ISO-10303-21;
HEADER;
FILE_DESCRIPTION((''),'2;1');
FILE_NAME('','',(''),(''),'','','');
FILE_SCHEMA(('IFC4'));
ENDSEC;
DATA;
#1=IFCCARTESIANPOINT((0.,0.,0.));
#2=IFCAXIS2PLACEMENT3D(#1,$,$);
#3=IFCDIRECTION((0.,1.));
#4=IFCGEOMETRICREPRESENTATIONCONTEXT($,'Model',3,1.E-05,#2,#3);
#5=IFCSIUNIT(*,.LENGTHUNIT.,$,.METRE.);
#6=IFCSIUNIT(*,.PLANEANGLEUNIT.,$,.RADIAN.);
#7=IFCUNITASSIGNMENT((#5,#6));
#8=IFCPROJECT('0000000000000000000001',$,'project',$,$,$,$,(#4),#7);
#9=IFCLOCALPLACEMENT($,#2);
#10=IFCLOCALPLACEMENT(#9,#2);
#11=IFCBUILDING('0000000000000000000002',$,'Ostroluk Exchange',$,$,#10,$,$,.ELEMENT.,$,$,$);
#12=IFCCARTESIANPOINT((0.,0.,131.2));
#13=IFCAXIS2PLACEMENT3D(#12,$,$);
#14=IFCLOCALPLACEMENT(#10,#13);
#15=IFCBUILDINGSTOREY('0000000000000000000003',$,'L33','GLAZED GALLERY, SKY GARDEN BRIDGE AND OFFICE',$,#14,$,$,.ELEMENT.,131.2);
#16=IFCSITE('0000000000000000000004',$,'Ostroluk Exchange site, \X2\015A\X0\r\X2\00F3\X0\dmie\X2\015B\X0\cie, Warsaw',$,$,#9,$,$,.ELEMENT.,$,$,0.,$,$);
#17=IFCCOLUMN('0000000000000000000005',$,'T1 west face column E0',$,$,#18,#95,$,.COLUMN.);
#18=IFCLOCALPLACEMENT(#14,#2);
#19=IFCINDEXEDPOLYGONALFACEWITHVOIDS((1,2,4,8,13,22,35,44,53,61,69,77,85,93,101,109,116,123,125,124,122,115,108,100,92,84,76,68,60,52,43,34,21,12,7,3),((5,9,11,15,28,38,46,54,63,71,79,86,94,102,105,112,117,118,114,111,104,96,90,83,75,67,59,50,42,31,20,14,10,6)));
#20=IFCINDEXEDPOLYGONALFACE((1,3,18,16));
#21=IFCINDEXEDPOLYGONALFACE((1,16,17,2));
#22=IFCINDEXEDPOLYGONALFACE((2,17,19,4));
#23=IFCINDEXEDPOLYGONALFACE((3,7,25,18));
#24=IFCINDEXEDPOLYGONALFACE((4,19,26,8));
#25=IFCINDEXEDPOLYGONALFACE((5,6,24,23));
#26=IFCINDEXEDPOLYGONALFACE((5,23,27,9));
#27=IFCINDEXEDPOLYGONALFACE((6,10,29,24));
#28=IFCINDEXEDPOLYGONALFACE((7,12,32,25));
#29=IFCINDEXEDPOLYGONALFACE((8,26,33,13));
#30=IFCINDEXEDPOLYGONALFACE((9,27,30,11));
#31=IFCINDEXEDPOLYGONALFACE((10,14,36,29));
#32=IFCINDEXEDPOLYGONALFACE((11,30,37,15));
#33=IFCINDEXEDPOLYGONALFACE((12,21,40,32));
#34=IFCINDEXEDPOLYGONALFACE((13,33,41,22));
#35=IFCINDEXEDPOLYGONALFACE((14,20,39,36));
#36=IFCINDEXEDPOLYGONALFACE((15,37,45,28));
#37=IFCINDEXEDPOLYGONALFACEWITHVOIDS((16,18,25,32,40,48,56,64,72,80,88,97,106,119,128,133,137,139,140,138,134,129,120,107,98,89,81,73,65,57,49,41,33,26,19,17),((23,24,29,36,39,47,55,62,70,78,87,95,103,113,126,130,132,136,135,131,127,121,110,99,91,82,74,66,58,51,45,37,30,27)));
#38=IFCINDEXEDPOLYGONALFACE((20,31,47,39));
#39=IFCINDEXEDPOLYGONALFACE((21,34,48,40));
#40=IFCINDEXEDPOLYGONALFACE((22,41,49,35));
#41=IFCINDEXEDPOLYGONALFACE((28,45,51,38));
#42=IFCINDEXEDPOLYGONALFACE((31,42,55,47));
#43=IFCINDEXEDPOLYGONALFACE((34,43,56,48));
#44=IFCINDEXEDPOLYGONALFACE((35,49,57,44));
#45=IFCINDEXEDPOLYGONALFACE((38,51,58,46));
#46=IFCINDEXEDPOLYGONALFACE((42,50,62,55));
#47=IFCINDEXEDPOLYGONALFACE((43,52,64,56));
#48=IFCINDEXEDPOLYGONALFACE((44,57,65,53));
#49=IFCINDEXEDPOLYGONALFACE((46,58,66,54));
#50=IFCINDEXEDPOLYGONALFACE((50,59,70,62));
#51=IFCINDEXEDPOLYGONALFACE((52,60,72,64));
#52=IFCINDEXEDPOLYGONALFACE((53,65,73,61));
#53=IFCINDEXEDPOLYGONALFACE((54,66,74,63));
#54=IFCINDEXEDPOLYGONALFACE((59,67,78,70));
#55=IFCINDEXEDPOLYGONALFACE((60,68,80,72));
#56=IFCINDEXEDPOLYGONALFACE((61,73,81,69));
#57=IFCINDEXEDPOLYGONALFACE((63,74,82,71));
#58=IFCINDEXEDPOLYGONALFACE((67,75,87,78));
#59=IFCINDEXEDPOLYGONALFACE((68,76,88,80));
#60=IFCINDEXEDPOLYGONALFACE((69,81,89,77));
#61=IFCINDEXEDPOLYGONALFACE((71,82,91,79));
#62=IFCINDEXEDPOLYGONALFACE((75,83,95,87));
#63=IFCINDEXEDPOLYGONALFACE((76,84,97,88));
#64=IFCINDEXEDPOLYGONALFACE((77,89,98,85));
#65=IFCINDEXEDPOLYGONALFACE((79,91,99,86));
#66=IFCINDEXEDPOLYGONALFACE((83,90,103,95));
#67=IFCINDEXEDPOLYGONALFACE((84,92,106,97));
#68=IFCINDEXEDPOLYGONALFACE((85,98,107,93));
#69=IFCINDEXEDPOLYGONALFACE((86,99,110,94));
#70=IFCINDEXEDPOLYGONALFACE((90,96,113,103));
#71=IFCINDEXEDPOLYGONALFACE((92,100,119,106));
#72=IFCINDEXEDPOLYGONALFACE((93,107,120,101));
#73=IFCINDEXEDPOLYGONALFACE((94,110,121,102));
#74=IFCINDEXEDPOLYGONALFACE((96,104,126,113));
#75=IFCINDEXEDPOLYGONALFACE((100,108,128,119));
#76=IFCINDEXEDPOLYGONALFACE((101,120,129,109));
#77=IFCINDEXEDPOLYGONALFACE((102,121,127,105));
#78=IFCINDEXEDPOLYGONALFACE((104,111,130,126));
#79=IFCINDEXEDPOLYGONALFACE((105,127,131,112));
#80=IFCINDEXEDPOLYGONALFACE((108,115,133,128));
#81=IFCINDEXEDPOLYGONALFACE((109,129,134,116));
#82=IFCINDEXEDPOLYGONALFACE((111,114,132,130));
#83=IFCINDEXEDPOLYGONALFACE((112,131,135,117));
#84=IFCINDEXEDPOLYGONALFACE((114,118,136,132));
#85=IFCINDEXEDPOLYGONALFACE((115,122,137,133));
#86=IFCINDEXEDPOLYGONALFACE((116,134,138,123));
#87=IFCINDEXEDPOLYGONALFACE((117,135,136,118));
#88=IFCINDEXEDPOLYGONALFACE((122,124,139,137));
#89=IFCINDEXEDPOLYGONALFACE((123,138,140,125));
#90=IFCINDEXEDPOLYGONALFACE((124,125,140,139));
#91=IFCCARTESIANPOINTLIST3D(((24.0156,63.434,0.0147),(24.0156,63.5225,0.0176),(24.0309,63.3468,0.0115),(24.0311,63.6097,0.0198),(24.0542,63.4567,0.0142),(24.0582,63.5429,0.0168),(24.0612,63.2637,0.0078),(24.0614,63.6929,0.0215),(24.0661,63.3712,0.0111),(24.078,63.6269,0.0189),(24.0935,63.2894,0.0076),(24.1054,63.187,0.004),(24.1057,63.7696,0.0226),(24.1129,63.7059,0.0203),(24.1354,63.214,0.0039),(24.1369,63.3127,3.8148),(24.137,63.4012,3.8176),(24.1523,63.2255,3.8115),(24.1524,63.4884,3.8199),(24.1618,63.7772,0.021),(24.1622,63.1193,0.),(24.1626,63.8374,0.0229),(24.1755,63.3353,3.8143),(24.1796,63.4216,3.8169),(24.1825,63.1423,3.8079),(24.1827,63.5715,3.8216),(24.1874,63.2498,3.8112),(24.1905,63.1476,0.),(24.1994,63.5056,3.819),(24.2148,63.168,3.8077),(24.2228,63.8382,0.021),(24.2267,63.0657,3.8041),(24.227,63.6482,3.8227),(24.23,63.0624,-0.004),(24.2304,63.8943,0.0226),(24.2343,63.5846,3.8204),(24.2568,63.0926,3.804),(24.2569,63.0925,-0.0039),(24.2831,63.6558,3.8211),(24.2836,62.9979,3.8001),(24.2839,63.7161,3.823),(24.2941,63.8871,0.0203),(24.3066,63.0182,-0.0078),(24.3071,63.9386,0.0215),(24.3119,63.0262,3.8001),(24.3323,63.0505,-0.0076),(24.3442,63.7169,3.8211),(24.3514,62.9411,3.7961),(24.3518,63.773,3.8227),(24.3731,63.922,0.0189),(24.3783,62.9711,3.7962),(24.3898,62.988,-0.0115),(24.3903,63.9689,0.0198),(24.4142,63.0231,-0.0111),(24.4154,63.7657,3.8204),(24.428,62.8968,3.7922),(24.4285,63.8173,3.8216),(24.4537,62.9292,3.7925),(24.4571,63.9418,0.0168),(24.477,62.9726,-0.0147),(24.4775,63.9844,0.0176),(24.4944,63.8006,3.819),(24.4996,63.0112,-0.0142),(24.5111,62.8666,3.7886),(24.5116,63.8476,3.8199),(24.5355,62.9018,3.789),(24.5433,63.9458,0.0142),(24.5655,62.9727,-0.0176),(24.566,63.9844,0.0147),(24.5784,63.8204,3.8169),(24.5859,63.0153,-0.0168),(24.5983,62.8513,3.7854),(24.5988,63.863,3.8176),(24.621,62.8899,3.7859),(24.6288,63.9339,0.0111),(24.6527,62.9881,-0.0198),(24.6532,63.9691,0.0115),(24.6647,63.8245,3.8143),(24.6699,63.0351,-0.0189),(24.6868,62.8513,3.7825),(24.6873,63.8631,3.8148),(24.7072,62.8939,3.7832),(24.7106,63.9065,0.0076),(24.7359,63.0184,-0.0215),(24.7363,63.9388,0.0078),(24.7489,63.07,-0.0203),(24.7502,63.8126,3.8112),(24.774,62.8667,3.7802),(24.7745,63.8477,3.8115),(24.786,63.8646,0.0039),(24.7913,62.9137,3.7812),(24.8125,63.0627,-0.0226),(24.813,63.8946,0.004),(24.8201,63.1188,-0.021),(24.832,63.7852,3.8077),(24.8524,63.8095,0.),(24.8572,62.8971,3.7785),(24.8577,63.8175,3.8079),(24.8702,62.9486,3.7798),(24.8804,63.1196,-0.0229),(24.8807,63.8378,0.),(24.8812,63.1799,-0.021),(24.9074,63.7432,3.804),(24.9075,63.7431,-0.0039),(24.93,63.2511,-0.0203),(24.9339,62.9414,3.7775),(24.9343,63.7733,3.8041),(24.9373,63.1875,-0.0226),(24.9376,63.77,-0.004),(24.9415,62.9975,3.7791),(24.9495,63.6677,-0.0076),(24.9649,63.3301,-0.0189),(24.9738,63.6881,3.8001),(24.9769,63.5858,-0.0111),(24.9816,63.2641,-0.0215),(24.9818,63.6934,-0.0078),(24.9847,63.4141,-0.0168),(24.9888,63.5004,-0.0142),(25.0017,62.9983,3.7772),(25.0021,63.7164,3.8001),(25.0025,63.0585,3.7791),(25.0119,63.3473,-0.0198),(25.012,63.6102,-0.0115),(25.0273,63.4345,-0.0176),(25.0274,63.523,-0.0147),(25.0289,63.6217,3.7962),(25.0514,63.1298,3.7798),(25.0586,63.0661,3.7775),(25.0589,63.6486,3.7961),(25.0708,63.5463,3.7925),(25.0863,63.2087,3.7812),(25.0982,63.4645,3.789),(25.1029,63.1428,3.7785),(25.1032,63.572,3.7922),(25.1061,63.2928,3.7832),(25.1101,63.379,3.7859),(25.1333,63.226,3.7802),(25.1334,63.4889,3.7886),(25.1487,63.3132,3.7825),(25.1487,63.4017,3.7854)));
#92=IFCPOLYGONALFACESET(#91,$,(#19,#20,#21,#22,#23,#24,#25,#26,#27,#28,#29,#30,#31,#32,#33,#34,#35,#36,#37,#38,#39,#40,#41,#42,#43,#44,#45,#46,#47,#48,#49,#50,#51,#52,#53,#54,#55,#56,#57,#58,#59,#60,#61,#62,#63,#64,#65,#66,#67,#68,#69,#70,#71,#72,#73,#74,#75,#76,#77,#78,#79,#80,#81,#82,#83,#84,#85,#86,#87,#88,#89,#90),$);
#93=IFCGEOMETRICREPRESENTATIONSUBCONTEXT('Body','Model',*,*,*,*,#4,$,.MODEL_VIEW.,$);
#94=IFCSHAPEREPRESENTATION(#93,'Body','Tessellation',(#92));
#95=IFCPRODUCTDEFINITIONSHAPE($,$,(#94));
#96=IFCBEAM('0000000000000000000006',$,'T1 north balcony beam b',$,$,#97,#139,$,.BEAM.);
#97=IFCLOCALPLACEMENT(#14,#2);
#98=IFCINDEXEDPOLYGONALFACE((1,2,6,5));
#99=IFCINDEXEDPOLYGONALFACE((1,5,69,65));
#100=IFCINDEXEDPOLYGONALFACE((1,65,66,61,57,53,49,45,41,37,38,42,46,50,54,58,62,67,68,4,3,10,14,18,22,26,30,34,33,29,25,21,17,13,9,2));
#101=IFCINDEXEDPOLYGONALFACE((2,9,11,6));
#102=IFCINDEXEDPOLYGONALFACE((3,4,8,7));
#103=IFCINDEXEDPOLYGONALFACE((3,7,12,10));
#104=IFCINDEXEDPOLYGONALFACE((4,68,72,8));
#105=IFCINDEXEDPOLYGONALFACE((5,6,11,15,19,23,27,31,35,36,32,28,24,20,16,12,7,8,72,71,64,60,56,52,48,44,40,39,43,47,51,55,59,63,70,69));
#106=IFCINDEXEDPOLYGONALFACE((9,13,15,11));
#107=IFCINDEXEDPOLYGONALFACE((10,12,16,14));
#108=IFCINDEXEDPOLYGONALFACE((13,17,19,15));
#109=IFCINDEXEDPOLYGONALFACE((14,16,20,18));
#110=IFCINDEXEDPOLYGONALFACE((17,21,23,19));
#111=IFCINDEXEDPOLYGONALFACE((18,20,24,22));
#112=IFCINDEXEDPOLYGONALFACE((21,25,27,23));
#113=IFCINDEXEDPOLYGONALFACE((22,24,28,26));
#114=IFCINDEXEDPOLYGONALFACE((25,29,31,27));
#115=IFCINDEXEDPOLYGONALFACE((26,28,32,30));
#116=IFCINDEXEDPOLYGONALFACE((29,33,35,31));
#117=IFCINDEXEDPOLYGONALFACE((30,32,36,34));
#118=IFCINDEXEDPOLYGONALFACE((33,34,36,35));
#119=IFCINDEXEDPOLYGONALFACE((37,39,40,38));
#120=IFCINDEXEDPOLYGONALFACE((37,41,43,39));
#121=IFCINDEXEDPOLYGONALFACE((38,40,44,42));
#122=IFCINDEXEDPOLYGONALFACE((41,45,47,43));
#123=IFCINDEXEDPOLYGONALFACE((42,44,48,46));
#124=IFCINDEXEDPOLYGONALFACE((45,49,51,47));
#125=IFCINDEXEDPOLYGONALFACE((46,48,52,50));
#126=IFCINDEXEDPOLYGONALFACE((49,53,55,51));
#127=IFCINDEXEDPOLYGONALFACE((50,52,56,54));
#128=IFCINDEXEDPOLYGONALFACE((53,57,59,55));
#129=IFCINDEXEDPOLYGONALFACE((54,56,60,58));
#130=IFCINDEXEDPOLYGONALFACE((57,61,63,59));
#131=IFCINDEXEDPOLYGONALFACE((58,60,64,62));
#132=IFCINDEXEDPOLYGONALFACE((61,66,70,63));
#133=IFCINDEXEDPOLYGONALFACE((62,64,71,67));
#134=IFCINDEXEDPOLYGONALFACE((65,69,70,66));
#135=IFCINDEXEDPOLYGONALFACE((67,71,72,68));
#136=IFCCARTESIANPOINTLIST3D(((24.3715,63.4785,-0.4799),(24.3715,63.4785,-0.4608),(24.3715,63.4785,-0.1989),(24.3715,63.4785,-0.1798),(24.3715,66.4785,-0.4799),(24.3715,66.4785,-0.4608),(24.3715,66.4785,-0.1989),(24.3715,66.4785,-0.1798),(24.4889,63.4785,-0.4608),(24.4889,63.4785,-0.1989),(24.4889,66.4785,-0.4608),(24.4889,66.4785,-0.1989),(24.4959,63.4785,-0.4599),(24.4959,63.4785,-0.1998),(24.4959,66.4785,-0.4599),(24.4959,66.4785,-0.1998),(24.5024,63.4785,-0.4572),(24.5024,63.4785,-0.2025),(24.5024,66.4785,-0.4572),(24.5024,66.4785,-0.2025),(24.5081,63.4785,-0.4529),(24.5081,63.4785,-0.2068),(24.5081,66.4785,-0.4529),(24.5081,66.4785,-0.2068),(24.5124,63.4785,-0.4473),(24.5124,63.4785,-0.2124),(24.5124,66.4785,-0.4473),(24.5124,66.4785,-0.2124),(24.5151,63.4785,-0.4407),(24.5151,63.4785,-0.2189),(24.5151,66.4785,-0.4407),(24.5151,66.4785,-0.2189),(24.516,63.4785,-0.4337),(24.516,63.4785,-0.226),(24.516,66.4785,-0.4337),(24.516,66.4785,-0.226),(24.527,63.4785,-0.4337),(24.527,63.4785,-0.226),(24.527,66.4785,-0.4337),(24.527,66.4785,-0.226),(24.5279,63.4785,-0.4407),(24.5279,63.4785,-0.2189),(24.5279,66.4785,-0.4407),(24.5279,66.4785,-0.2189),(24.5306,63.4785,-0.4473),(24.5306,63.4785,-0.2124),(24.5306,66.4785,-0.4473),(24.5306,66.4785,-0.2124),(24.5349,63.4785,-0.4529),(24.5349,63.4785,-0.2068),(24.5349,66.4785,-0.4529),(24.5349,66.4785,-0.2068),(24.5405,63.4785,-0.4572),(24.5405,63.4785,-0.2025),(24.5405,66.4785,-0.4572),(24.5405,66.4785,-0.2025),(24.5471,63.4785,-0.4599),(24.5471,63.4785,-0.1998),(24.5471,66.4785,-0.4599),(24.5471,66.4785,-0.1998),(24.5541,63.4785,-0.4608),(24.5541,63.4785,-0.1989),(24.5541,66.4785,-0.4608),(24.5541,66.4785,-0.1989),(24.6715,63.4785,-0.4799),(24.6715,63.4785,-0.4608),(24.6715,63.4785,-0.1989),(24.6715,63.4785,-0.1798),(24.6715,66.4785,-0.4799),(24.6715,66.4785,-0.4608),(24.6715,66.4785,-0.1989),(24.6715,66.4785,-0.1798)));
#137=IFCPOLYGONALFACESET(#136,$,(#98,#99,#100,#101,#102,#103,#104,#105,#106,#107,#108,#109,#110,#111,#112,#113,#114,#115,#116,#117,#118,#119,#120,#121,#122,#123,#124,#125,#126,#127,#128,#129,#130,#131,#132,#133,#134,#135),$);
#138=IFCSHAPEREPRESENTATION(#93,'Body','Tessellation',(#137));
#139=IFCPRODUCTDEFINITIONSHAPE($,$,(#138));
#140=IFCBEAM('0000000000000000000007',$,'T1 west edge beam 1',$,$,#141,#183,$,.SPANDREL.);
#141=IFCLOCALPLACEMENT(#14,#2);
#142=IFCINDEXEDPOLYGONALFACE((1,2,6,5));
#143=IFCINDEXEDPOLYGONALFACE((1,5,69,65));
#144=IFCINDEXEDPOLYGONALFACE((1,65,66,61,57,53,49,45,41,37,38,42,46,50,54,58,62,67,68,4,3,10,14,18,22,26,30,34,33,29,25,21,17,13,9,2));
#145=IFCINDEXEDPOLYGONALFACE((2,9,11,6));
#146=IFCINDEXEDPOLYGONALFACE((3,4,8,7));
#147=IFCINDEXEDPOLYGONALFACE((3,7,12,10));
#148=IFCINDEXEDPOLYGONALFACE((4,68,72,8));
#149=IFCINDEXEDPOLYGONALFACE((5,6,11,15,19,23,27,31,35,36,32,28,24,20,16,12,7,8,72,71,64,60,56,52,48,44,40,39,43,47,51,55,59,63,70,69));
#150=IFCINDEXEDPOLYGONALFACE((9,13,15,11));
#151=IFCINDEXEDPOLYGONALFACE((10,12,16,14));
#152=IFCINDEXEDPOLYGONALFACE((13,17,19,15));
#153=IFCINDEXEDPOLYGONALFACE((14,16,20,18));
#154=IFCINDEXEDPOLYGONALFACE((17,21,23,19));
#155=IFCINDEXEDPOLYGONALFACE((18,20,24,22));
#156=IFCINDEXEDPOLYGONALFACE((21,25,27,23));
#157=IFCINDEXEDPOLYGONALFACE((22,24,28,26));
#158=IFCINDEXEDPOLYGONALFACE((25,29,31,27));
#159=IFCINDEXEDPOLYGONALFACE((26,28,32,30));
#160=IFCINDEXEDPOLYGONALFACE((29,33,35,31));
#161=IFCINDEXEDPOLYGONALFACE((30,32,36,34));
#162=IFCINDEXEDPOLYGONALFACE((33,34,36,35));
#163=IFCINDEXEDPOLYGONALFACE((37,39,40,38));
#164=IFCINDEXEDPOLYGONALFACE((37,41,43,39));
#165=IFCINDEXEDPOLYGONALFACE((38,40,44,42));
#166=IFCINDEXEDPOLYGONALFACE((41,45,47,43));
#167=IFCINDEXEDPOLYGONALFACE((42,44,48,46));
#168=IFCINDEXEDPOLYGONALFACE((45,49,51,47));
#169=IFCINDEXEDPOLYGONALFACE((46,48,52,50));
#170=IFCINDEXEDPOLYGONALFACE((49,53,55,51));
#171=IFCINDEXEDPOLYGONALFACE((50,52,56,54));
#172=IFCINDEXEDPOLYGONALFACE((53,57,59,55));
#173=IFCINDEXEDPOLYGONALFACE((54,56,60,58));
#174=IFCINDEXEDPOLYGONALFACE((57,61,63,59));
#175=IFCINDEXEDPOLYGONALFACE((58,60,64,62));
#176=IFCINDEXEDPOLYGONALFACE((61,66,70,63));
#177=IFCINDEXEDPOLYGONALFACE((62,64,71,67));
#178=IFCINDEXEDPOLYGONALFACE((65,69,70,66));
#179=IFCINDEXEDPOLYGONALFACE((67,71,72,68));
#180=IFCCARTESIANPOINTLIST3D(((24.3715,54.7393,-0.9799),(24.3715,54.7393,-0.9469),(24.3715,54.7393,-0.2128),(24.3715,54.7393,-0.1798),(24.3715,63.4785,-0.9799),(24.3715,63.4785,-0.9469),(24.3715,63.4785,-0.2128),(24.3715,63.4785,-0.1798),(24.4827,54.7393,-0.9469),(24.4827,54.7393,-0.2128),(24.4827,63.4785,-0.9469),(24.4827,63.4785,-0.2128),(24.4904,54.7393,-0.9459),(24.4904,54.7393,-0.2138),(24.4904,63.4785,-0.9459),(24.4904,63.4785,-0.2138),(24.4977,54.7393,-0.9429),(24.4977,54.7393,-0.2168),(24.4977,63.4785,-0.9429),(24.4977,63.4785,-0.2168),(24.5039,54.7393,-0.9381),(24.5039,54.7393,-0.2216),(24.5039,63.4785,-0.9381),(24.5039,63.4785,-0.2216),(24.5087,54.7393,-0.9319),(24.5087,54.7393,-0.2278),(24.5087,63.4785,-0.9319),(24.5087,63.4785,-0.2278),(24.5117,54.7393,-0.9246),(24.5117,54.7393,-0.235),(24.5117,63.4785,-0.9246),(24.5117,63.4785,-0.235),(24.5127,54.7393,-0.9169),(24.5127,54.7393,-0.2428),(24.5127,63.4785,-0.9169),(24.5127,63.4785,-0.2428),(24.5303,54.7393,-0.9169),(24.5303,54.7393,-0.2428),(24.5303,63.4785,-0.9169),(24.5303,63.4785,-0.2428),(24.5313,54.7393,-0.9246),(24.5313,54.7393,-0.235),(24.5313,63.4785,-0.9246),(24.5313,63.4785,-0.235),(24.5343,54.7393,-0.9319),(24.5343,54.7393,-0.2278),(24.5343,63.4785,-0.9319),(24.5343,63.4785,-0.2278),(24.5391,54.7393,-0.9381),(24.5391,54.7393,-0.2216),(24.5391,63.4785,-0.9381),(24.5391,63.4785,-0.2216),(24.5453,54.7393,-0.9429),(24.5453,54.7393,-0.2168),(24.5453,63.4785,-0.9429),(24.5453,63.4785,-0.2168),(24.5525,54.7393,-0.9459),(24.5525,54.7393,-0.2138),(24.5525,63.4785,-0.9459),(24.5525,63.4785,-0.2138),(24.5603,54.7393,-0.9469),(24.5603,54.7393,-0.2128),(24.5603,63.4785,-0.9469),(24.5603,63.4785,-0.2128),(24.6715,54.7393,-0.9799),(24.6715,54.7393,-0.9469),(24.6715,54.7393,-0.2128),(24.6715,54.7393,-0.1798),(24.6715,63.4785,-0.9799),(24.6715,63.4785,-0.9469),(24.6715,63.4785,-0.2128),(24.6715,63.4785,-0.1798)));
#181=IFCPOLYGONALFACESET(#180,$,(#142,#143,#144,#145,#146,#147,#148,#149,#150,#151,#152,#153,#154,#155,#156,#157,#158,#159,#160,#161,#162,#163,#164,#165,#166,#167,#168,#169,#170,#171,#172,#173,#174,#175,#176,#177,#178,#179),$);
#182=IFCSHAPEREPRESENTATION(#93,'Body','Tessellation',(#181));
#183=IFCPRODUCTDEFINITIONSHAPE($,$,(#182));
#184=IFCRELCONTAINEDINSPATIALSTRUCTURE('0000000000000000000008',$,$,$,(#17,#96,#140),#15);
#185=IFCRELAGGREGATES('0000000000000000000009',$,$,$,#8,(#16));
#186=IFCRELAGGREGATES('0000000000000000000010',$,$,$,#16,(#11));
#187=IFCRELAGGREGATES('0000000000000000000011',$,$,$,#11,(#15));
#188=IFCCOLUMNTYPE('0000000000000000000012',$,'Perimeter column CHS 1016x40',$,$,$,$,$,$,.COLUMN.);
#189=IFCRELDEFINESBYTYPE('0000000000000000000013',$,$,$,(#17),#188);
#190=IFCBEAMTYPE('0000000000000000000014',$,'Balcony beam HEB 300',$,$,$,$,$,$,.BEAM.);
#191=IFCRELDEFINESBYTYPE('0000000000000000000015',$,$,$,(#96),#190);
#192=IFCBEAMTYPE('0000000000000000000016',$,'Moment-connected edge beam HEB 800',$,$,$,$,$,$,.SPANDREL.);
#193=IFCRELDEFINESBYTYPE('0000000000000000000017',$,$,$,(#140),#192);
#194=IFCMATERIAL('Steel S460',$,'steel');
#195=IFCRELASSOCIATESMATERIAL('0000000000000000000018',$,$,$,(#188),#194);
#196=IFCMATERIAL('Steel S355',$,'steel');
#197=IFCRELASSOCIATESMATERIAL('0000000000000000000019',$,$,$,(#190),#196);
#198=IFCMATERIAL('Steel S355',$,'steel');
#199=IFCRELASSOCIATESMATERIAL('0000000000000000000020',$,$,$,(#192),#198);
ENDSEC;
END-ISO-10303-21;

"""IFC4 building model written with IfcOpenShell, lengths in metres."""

from ifc_helpers import new_model, si_unit, direction, frame, origin, origin_2d, place, context, subcontext, project, spatial, hollow_circle, i_section, extrude, material, material_profile, profile_set, type_object, element, save


model = new_model("IFC4")

# Units and contexts
model_context = context("Model", 3, precision=1e-05, world=origin(), true_north=direction((0.0, 1.0)))
body_context = subcontext(model_context, "Body", "Model", "MODEL_VIEW")
ifc_project = project(units=[si_unit("LENGTHUNIT", "METRE"), si_unit("PLANEANGLEUNIT", "RADIAN")], contexts=[model_context])

# Site, building, storey
site_placement = place(None, origin())
site = spatial("IfcSite", under=ifc_project, at=site_placement, Name="Ostroluk Exchange site, Śródmieście, Warsaw", CompositionType="ELEMENT", RefElevation=0.0)
building_placement = place(site_placement, origin())
building = spatial("IfcBuilding", under=site, at=building_placement, Name="Ostroluk Exchange", CompositionType="ELEMENT")
storey_placement = place(building_placement, frame((0.0, 0.0, 131.2)))
storey = spatial("IfcBuildingStorey", under=building, at=storey_placement, Name="L33", Description="GLAZED GALLERY, SKY GARDEN BRIDGE AND OFFICE", CompositionType="ELEMENT", Elevation=131.2)

# Column
ifc_material_1 = material(Name="Steel S460", Category="steel")
ifc_material_profile_1 = material_profile(ifc_material_1, hollow_circle(Radius=0.5081, WallThickness=0.04, at=origin_2d()), Name="CHS 1016x40")
ifc_profile_set_1 = profile_set([ifc_material_profile_1], Name="Steel S460")
column_type = type_object("IfcColumnType", Name="Perimeter column CHS 1016x40", PredefinedType="COLUMN", material=ifc_profile_set_1)
column_placement = place(storey_placement, frame((24.5215, 63.4785, 0.0), z_axis=(0.031898, -0.031898, 0.998982), x_axis=(0.707107, 0.707107, 0.0)))
element("IfcColumn", 1, at=column_placement, inside=storey, type_object=column_type, Name="T1 west face column E0", PredefinedType="COLUMN", context=body_context, shape_type="SweptSolid", body=[
    extrude(hollow_circle(Radius=0.5081, WallThickness=0.04, at=origin_2d()), origin(), (0.0, 0.0, 1.0), 3.804),
])

# Beams
ifc_material_2 = material(Name="Steel S355", Category="steel")
ifc_material_profile_2 = material_profile(ifc_material_2, i_section(OverallWidth=0.3, OverallDepth=0.3, WebThickness=0.011, FlangeThickness=0.019, FilletRadius=0.0271, at=origin_2d()), Name="HEB 300")
ifc_profile_set_2 = profile_set([ifc_material_profile_2], Name="Steel S355")
beam_type_1 = type_object("IfcBeamType", Name="Balcony beam HEB 300", PredefinedType="BEAM", material=ifc_profile_set_2)
beam_1_placement = place(storey_placement, frame((24.5215, 63.4785, -0.3298), z_axis=(0.0, 1.0, 0.0), x_axis=(-1.0, 0.0, 0.0)))
element("IfcBeam", 2, at=beam_1_placement, inside=storey, type_object=beam_type_1, Name="T1 north balcony beam b", PredefinedType="BEAM", context=body_context, shape_type="SweptSolid", body=[
    extrude(i_section(OverallWidth=0.3, OverallDepth=0.3, WebThickness=0.011, FlangeThickness=0.019, FilletRadius=0.0271, at=origin_2d()), origin(), (0.0, 0.0, 1.0), 3.0),
])
ifc_material_3 = material(Name="Steel S355", Category="steel")
ifc_material_profile_3 = material_profile(ifc_material_3, i_section(OverallWidth=0.3, OverallDepth=0.8, WebThickness=0.0176, FlangeThickness=0.033, FilletRadius=0.03, at=origin_2d()), Name="HEB 800")
ifc_profile_set_3 = profile_set([ifc_material_profile_3], Name="Steel S355")
beam_type_2 = type_object("IfcBeamType", Name="Moment-connected edge beam HEB 800", PredefinedType="SPANDREL", material=ifc_profile_set_3)
beam_2_placement = place(storey_placement, frame((24.5215, 63.4785, -0.5798), z_axis=(0.0, -1.0, 0.0), x_axis=(1.0, 0.0, 0.0)))
element("IfcBeam", 3, at=beam_2_placement, inside=storey, type_object=beam_type_2, Name="T1 west edge beam 1", PredefinedType="SPANDREL", context=body_context, shape_type="SweptSolid", body=[
    extrude(i_section(OverallWidth=0.3, OverallDepth=0.8, WebThickness=0.0176, FlangeThickness=0.033, FilletRadius=0.03, at=origin_2d()), origin(), (0.0, 0.0, 1.0), 8.7393),
])

save(model, "model.ifc")
